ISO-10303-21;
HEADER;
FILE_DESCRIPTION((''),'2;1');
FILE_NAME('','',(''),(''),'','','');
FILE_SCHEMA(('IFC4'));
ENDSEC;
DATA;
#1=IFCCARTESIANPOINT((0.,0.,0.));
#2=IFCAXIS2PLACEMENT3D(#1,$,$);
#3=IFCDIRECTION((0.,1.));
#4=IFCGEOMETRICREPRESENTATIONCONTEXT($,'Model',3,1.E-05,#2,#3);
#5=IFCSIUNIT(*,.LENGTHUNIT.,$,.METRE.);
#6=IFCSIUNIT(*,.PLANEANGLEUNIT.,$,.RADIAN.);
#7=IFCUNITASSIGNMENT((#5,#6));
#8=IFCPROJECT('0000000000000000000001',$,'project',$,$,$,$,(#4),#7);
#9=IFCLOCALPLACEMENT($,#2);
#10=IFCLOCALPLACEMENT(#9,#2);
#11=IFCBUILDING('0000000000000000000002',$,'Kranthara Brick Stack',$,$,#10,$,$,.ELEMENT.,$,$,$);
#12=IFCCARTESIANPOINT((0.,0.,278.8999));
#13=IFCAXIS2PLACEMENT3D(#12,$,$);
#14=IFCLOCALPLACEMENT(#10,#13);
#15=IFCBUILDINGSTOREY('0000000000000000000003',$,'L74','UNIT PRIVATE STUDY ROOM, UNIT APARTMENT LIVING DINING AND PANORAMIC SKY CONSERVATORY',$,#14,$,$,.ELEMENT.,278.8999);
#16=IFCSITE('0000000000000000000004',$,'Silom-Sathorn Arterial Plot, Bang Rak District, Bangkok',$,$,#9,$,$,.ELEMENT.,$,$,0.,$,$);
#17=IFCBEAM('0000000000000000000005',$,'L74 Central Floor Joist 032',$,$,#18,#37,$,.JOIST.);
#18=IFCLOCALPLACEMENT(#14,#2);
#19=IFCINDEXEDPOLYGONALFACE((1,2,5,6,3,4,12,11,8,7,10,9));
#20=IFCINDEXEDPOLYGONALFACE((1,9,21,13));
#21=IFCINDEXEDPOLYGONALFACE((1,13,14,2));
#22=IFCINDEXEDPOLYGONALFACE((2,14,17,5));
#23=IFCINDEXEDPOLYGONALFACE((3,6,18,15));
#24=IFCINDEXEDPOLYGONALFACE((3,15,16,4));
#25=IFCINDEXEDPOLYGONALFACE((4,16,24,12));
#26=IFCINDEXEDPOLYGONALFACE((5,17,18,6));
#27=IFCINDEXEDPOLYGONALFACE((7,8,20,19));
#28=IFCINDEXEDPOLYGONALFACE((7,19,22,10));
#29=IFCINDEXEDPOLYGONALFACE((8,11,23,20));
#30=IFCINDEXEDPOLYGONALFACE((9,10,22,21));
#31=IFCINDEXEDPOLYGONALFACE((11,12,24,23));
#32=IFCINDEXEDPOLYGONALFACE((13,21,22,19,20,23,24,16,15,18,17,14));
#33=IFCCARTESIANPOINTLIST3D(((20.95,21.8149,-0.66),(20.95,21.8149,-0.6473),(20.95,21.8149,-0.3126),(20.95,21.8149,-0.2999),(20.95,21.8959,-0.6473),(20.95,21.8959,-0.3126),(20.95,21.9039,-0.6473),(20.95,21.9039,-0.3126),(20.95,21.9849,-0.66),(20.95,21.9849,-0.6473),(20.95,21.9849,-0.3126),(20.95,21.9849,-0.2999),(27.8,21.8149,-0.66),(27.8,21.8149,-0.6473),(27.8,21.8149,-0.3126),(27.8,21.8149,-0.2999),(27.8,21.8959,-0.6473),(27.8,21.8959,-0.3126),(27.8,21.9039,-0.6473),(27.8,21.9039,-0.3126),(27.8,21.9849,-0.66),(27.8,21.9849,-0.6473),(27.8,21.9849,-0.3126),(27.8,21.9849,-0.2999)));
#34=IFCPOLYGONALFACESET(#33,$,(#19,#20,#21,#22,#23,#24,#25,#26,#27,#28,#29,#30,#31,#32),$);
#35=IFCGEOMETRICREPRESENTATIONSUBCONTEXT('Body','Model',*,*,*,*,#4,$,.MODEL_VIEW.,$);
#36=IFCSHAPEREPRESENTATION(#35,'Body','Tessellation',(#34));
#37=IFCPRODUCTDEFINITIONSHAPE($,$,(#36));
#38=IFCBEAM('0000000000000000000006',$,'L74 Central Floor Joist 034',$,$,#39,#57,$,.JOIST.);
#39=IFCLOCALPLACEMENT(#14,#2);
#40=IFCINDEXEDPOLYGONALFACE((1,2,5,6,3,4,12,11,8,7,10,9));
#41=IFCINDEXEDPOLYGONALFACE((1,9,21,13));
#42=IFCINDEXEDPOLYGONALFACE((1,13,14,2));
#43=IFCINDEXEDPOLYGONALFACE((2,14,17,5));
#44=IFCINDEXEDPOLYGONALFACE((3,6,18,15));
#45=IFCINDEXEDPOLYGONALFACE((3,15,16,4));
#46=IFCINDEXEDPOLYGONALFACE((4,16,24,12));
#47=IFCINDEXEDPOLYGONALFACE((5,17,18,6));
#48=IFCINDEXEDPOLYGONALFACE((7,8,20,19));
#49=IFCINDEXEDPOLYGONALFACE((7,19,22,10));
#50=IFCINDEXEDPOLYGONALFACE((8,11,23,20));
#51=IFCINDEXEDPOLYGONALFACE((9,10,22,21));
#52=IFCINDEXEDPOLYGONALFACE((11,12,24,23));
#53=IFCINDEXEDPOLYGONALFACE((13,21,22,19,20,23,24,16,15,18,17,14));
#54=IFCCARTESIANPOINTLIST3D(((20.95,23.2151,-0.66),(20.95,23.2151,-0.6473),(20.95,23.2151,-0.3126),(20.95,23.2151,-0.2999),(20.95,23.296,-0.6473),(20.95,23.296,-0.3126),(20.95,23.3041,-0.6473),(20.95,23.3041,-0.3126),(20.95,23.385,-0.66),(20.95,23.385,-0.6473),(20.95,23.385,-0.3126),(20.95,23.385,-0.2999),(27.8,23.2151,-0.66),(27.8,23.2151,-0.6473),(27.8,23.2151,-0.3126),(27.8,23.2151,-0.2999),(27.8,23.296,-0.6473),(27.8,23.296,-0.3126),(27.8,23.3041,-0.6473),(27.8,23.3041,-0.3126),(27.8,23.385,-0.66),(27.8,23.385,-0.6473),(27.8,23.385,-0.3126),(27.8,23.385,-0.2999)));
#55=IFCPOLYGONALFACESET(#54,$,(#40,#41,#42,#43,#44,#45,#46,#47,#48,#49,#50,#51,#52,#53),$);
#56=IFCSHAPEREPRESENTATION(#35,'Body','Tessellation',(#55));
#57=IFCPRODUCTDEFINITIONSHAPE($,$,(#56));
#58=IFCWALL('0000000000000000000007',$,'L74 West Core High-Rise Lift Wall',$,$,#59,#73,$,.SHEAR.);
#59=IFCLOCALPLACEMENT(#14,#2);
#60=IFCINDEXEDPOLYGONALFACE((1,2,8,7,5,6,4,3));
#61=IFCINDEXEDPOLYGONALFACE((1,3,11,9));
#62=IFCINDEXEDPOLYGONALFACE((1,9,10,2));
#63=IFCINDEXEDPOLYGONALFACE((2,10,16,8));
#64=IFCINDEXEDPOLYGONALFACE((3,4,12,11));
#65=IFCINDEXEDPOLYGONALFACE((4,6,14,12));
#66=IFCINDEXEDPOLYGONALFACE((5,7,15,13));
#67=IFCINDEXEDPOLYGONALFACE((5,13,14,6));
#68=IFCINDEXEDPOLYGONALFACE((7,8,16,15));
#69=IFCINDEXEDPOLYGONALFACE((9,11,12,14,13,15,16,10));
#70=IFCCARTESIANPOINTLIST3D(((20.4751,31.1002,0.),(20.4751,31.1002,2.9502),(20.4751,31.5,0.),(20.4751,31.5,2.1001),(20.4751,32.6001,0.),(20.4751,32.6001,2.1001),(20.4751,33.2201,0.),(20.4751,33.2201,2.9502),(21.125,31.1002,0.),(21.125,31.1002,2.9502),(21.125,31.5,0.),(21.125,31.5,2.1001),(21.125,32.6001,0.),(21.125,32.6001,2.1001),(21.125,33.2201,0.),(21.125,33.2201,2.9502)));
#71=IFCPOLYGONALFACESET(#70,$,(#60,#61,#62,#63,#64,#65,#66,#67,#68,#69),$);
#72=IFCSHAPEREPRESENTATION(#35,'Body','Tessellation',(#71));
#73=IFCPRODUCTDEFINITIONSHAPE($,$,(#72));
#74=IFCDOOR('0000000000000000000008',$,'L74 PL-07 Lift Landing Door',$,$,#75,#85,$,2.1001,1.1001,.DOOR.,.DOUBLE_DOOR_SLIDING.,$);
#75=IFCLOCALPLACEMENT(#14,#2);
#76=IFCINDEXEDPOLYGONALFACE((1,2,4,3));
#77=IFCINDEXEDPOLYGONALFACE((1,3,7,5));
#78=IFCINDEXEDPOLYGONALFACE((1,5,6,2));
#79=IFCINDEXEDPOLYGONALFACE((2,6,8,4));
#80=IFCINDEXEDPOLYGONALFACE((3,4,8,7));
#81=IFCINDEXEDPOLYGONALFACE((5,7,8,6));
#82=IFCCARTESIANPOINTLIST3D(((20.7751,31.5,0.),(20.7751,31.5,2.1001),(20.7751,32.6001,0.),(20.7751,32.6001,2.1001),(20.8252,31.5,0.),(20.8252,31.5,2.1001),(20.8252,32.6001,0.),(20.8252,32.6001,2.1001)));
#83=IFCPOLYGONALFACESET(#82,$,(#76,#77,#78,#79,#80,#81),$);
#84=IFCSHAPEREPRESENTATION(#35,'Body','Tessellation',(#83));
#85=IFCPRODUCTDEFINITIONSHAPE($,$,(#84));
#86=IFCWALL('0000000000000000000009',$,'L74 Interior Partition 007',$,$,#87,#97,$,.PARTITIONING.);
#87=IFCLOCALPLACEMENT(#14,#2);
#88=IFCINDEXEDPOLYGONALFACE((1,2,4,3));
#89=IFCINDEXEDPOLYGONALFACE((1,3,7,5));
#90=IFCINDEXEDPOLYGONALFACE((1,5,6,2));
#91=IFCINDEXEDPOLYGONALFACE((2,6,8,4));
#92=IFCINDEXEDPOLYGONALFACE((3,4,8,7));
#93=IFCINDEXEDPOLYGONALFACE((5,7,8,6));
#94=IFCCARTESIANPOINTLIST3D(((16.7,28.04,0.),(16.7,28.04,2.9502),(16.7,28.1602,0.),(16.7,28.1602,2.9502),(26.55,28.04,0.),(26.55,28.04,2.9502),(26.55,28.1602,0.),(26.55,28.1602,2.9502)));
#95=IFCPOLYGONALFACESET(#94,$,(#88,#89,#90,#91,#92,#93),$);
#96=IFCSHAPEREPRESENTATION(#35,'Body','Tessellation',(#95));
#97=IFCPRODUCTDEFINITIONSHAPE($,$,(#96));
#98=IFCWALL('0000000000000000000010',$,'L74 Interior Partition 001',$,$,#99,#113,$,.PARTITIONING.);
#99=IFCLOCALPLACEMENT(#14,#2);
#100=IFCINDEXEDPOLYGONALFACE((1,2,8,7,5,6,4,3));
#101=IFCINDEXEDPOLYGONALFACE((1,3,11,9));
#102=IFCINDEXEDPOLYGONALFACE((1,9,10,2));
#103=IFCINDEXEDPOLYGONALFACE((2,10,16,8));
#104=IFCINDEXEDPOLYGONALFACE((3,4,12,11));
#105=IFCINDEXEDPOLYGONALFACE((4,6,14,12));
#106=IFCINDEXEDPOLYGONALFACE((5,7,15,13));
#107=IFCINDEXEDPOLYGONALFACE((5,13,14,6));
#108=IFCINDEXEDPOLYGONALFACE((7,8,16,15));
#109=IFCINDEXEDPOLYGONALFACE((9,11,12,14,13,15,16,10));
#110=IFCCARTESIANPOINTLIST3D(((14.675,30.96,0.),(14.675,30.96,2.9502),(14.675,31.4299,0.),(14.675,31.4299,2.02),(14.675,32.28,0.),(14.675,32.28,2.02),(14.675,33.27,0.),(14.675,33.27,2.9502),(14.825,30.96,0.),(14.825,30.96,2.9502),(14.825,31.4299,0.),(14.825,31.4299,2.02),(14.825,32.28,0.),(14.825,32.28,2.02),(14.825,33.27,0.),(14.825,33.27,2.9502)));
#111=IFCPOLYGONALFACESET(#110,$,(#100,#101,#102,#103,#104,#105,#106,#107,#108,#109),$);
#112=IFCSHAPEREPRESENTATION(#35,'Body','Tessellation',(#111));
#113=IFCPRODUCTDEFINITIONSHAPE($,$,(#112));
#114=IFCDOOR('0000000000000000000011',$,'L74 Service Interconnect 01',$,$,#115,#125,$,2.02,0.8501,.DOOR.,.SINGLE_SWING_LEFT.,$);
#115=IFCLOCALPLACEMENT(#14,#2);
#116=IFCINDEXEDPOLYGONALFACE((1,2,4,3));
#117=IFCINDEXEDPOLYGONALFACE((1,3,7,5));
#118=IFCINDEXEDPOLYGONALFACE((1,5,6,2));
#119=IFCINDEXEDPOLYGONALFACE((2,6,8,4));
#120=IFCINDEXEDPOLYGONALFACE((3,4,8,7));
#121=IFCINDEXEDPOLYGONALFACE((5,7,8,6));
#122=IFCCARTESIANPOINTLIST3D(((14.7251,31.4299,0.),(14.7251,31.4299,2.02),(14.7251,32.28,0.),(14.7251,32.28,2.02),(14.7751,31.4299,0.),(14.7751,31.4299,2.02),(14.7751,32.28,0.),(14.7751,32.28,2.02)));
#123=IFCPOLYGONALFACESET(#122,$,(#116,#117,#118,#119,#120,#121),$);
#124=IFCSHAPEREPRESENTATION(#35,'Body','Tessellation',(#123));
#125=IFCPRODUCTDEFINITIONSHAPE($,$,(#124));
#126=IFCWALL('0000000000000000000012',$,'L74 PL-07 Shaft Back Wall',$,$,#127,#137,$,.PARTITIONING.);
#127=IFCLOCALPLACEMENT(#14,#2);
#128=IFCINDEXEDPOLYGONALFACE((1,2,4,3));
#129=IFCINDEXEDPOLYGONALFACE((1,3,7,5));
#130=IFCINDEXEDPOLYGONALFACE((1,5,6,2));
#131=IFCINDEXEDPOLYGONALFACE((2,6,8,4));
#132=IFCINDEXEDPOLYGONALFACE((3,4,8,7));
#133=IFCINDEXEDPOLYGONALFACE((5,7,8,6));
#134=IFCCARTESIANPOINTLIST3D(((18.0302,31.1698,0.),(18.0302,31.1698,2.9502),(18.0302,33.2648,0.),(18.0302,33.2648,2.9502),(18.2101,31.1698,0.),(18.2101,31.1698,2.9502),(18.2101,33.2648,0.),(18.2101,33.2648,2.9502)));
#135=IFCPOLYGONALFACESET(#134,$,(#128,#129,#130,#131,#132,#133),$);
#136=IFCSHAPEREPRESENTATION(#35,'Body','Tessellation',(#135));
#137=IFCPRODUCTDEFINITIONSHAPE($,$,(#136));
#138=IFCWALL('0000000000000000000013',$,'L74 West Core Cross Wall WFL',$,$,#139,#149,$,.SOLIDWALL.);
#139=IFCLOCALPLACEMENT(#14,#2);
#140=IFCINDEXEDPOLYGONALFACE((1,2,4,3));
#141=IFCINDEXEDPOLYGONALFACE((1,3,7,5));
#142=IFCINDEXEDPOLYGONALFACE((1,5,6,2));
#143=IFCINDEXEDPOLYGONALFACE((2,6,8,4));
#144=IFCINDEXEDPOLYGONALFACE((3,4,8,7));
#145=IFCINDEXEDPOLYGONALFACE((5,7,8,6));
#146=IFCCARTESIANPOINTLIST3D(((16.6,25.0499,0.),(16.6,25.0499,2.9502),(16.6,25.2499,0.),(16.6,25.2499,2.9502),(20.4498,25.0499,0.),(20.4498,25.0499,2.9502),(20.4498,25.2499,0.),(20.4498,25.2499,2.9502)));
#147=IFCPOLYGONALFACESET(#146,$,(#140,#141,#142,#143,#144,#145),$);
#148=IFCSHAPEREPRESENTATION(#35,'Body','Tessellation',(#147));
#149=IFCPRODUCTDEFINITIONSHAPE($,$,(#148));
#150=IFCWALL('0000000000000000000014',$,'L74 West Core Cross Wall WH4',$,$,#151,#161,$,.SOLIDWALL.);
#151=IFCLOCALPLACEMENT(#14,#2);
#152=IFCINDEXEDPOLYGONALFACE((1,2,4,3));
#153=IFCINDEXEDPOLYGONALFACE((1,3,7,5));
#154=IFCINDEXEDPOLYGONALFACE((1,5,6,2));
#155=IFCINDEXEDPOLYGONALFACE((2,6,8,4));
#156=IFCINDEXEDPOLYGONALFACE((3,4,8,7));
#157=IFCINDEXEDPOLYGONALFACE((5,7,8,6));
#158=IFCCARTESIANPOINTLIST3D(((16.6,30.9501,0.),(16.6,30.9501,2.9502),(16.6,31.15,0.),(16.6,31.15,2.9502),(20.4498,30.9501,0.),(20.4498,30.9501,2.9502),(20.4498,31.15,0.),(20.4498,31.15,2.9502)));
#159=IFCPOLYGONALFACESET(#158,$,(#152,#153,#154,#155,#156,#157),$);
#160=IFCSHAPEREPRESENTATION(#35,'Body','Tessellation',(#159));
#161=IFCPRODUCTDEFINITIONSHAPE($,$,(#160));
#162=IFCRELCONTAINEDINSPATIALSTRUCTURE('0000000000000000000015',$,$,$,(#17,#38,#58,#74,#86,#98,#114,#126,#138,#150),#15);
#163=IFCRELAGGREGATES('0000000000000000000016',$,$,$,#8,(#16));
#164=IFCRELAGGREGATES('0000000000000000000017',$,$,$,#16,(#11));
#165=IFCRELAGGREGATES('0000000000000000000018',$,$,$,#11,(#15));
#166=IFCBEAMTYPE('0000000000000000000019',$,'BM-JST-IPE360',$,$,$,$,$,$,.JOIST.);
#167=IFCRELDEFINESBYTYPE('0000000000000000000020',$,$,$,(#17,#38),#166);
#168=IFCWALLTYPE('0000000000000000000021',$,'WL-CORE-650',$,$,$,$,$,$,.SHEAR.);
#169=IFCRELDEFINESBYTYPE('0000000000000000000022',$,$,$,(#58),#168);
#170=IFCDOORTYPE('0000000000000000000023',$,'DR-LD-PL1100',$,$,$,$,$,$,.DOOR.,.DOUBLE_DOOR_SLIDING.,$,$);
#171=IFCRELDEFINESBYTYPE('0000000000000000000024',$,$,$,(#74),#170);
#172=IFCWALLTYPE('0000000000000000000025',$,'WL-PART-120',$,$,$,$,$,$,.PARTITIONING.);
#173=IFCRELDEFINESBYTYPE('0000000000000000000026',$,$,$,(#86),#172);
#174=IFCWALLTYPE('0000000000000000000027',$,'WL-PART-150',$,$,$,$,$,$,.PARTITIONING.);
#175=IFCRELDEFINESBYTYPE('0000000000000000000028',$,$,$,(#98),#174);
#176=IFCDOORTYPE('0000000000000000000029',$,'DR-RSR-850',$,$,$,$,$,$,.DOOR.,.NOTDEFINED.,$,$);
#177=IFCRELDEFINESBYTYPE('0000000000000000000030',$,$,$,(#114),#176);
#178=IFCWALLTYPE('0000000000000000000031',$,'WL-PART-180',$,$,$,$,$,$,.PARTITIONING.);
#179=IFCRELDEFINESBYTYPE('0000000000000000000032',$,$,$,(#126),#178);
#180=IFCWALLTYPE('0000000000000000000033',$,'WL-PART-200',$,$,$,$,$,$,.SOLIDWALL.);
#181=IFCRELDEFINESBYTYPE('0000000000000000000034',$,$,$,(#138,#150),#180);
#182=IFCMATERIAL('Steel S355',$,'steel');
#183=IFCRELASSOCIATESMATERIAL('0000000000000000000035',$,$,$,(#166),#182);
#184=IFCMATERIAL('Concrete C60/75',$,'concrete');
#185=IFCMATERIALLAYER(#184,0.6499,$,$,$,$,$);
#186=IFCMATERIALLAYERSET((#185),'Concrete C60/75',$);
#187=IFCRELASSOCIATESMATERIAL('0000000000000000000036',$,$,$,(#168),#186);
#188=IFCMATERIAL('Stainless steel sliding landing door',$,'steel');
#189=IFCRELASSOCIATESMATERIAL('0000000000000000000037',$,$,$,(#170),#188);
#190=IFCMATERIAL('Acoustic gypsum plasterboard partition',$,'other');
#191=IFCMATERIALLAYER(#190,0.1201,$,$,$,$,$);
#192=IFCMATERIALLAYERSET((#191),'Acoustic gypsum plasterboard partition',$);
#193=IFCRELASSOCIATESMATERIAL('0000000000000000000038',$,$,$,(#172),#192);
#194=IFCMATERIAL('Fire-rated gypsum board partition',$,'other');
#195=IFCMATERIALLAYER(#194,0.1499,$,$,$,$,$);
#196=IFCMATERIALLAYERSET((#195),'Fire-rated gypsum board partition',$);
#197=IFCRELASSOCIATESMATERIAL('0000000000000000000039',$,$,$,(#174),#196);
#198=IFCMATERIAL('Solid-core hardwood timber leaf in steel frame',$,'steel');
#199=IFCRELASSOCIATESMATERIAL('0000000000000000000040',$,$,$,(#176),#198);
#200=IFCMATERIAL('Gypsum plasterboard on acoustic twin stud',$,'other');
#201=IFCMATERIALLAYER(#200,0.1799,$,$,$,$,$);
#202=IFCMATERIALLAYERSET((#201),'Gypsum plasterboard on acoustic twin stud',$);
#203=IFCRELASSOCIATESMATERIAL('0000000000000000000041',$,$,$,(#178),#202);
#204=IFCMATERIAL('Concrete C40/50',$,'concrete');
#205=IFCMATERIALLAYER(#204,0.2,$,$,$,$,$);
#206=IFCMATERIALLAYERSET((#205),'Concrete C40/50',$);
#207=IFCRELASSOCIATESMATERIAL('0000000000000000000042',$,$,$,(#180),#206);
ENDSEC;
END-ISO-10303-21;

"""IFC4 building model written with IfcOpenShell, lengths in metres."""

from ifc_helpers import new_model, si_unit, direction, frame, frame_2d, origin, origin_2d, place, context, subcontext, project, spatial, rectangle, i_section, extrude, material, layer, layer_set, material_profile, profile_set, type_object, element, fill, save


model = new_model("IFC4")

# Units and contexts
model_context = context("Model", 3, precision=1e-05, world=origin(), true_north=direction((0.0, 1.0)))
body_context = subcontext(model_context, "Body", "Model", "MODEL_VIEW")
ifc_project = project(units=[si_unit("LENGTHUNIT", "METRE"), si_unit("PLANEANGLEUNIT", "RADIAN")], contexts=[model_context])

# Site, building, storey
site_placement = place(None, origin())
site = spatial("IfcSite", under=ifc_project, at=site_placement, Name="Silom-Sathorn Arterial Plot, Bang Rak District, Bangkok", CompositionType="ELEMENT", RefElevation=0.0)
building_placement = place(site_placement, origin())
building = spatial("IfcBuilding", under=site, at=building_placement, Name="Kranthara Brick Stack", CompositionType="ELEMENT")
storey_placement = place(building_placement, frame((0.0, 0.0, 278.8999)))
storey = spatial("IfcBuildingStorey", under=building, at=storey_placement, Name="L74", Description="UNIT PRIVATE STUDY ROOM, UNIT APARTMENT LIVING DINING AND PANORAMIC SKY CONSERVATORY", CompositionType="ELEMENT", Elevation=278.8999)

# Beams
ifc_material_1 = material(Name="Steel S355", Category="steel")
ifc_material_profile = material_profile(ifc_material_1, i_section(OverallWidth=0.1699, OverallDepth=0.3601, WebThickness=0.0081, FlangeThickness=0.0127, at=origin_2d()), Name="IPE 360")
ifc_profile_set = profile_set([ifc_material_profile], Name="Steel S355")
beam_type = type_object("IfcBeamType", Name="BM-JST-IPE360", PredefinedType="JOIST", material=ifc_profile_set)
for number, where, z_axis, x_axis, name in (
    (1, (20.95, 21.8999, -0.48), (1.0, 0.0, 0.0), (0.0, 1.0, 0.0), "L74 Central Floor Joist 032"),
    (2, (20.95, 23.3, -0.48), (1.0, 0.0, 0.0), (0.0, 1.0, 0.0), "L74 Central Floor Joist 034"),
):
    element("IfcBeam", number, at=place(storey_placement, frame(where, z_axis=z_axis, x_axis=x_axis)), inside=storey, type_object=beam_type, Name=name, PredefinedType="JOIST", context=body_context, shape_type="SweptSolid", body=[
        extrude(i_section(OverallWidth=0.1699, OverallDepth=0.3601, WebThickness=0.0081, FlangeThickness=0.0127, at=origin_2d()), origin(), (0.0, 0.0, 1.0), 6.8501),
    ])

# Wall, opening, door
ifc_material_2 = material(Name="Concrete C60/75", Category="concrete")
ifc_layer_1 = layer(ifc_material_2, 0.6499)
ifc_layer_set_1 = layer_set([ifc_layer_1], Name="Concrete C60/75")
wall_type_1 = type_object("IfcWallType", Name="WL-CORE-650", PredefinedType="SHEAR", material=ifc_layer_set_1)
wall_1_placement = place(storey_placement, frame((20.8, 31.1001, 0.0), z_axis=(0.0, 0.0, 1.0), x_axis=(0.0, 1.0, 0.0)))
wall_1 = element("IfcWall", 3, at=wall_1_placement, inside=storey, type_object=wall_type_1, Name="L74 West Core High-Rise Lift Wall", PredefinedType="SHEAR", context=body_context, shape_type="SweptSolid", body=[
    extrude(rectangle(XDim=2.1199, YDim=0.6499, at=frame_2d((1.0601, 0.0))), origin(), (0.0, 0.0, 1.0), 2.9502),
])
opening_1_placement = place(wall_1_placement, frame((0.3999, 0.0, 0.0)))
opening_1 = element("IfcOpeningElement", 4, at=opening_1_placement, cuts=wall_1, PredefinedType="OPENING", context=body_context, shape_type="SweptSolid", body=[
    extrude(rectangle(XDim=1.1001, YDim=2.1001, at=frame_2d((0.55, 1.05))), frame((0.0, 0.335, 0.0), z_axis=(0.0, -1.0, 0.0), x_axis=(1.0, 0.0, 0.0)), (0.0, 0.0, 1.0), 0.6699),
])
ifc_material_3 = material(Name="Stainless steel sliding landing door", Category="steel")
door_type_1 = type_object("IfcDoorType", Name="DR-LD-PL1100", OperationType="DOUBLE_DOOR_SLIDING", PredefinedType="DOOR", material=ifc_material_3)
door_1_placement = place(opening_1_placement, origin())
door_1 = element("IfcDoor", 5, at=door_1_placement, inside=storey, type_object=door_type_1, Name="L74 PL-07 Lift Landing Door", OperationType="DOUBLE_DOOR_SLIDING", OverallHeight=2.1001, OverallWidth=1.1001, PredefinedType="DOOR", context=body_context, shape_type="SweptSolid", body=[
    extrude(rectangle(XDim=1.1001, YDim=2.1001, at=frame_2d((0.55, 1.05))), frame((0.0, 0.0249, 0.0), z_axis=(0.0, -1.0, 0.0), x_axis=(1.0, 0.0, 0.0)), (0.0, 0.0, 1.0), 0.05),
])
fill(opening_1, door_1)

# Wall
ifc_material_4 = material(Name="Acoustic gypsum plasterboard partition", Category="other")
ifc_layer_2 = layer(ifc_material_4, 0.1201)
ifc_layer_set_2 = layer_set([ifc_layer_2], Name="Acoustic gypsum plasterboard partition")
wall_type_2 = type_object("IfcWallType", Name="WL-PART-120", PredefinedType="PARTITIONING", material=ifc_layer_set_2)
wall_2_placement = place(storey_placement, frame((16.7, 28.1001, 0.0), z_axis=(0.0, 0.0, 1.0), x_axis=(1.0, 0.0, 0.0)))
element("IfcWall", 6, at=wall_2_placement, inside=storey, type_object=wall_type_2, Name="L74 Interior Partition 007", PredefinedType="PARTITIONING", context=body_context, shape_type="SweptSolid", body=[
    extrude(rectangle(XDim=9.8501, YDim=0.1201, at=frame_2d((4.925, 0.0))), origin(), (0.0, 0.0, 1.0), 2.9502),
])

# Wall, opening, door
ifc_material_5 = material(Name="Fire-rated gypsum board partition", Category="other")
ifc_layer_3 = layer(ifc_material_5, 0.1499)
ifc_layer_set_3 = layer_set([ifc_layer_3], Name="Fire-rated gypsum board partition")
wall_type_3 = type_object("IfcWallType", Name="WL-PART-150", PredefinedType="PARTITIONING", material=ifc_layer_set_3)
wall_3_placement = place(storey_placement, frame((14.75, 30.96, 0.0), z_axis=(0.0, 0.0, 1.0), x_axis=(0.0, 1.0, 0.0)))
wall_3 = element("IfcWall", 7, at=wall_3_placement, inside=storey, type_object=wall_type_3, Name="L74 Interior Partition 001", PredefinedType="PARTITIONING", context=body_context, shape_type="SweptSolid", body=[
    extrude(rectangle(XDim=2.3101, YDim=0.1499, at=frame_2d((1.155, 0.0))), origin(), (0.0, 0.0, 1.0), 2.9502),
])
opening_2_placement = place(wall_3_placement, frame((0.47, 0.0, 0.0)))
opening_2 = element("IfcOpeningElement", 8, at=opening_2_placement, cuts=wall_3, PredefinedType="OPENING", context=body_context, shape_type="SweptSolid", body=[
    extrude(rectangle(XDim=0.8501, YDim=2.02, at=frame_2d((0.425, 1.01))), frame((0.0, 0.085, 0.0), z_axis=(0.0, -1.0, 0.0), x_axis=(1.0, 0.0, 0.0)), (0.0, 0.0, 1.0), 0.1699),
])
ifc_material_6 = material(Name="Solid-core hardwood timber leaf in steel frame", Category="steel")
door_type_2 = type_object("IfcDoorType", Name="DR-RSR-850", OperationType="NOTDEFINED", PredefinedType="DOOR", material=ifc_material_6)
door_2_placement = place(opening_2_placement, origin())
door_2 = element("IfcDoor", 9, at=door_2_placement, inside=storey, type_object=door_type_2, Name="L74 Service Interconnect 01", OperationType="SINGLE_SWING_LEFT", OverallHeight=2.02, OverallWidth=0.8501, PredefinedType="DOOR", context=body_context, shape_type="SweptSolid", body=[
    extrude(rectangle(XDim=0.8501, YDim=2.02, at=frame_2d((0.425, 1.01))), frame((0.0, 0.0249, 0.0), z_axis=(0.0, -1.0, 0.0), x_axis=(1.0, 0.0, 0.0)), (0.0, 0.0, 1.0), 0.05),
])
fill(opening_2, door_2)

# Walls
ifc_material_7 = material(Name="Gypsum plasterboard on acoustic twin stud", Category="other")
ifc_layer_4 = layer(ifc_material_7, 0.1799)
ifc_layer_set_4 = layer_set([ifc_layer_4], Name="Gypsum plasterboard on acoustic twin stud")
wall_type_4 = type_object("IfcWallType", Name="WL-PART-180", PredefinedType="PARTITIONING", material=ifc_layer_set_4)
wall_4_placement = place(storey_placement, frame((18.1201, 31.1699, 0.0), z_axis=(0.0, 0.0, 1.0), x_axis=(0.0, 1.0, 0.0)))
element("IfcWall", 10, at=wall_4_placement, inside=storey, type_object=wall_type_4, Name="L74 PL-07 Shaft Back Wall", PredefinedType="PARTITIONING", context=body_context, shape_type="SweptSolid", body=[
    extrude(rectangle(XDim=2.095, YDim=0.1799, at=frame_2d((1.0474, 0.0))), origin(), (0.0, 0.0, 1.0), 2.9502),
])
ifc_material_8 = material(Name="Concrete C40/50", Category="concrete")
ifc_layer_5 = layer(ifc_material_8, 0.2)
ifc_layer_set_5 = layer_set([ifc_layer_5], Name="Concrete C40/50")
wall_type_5 = type_object("IfcWallType", Name="WL-PART-200", PredefinedType="SOLIDWALL", material=ifc_layer_set_5)
for number, where, z_axis, x_axis, name in (
    (11, (16.6001, 25.1499, 0.0), (0.0, 0.0, 1.0), (1.0, 0.0, 0.0), "L74 West Core Cross Wall WFL"),
    (12, (16.6001, 31.05, 0.0), (0.0, 0.0, 1.0), (1.0, 0.0, 0.0), "L74 West Core Cross Wall WH4"),
):
    element("IfcWall", number, at=place(storey_placement, frame(where, z_axis=z_axis, x_axis=x_axis)), inside=storey, type_object=wall_type_5, Name=name, PredefinedType="SOLIDWALL", context=body_context, shape_type="SweptSolid", body=[
        extrude(rectangle(XDim=3.8499, YDim=0.2, at=frame_2d((1.9248, 0.0))), origin(), (0.0, 0.0, 1.0), 2.9502),
    ])

save(model, "model.ifc")
